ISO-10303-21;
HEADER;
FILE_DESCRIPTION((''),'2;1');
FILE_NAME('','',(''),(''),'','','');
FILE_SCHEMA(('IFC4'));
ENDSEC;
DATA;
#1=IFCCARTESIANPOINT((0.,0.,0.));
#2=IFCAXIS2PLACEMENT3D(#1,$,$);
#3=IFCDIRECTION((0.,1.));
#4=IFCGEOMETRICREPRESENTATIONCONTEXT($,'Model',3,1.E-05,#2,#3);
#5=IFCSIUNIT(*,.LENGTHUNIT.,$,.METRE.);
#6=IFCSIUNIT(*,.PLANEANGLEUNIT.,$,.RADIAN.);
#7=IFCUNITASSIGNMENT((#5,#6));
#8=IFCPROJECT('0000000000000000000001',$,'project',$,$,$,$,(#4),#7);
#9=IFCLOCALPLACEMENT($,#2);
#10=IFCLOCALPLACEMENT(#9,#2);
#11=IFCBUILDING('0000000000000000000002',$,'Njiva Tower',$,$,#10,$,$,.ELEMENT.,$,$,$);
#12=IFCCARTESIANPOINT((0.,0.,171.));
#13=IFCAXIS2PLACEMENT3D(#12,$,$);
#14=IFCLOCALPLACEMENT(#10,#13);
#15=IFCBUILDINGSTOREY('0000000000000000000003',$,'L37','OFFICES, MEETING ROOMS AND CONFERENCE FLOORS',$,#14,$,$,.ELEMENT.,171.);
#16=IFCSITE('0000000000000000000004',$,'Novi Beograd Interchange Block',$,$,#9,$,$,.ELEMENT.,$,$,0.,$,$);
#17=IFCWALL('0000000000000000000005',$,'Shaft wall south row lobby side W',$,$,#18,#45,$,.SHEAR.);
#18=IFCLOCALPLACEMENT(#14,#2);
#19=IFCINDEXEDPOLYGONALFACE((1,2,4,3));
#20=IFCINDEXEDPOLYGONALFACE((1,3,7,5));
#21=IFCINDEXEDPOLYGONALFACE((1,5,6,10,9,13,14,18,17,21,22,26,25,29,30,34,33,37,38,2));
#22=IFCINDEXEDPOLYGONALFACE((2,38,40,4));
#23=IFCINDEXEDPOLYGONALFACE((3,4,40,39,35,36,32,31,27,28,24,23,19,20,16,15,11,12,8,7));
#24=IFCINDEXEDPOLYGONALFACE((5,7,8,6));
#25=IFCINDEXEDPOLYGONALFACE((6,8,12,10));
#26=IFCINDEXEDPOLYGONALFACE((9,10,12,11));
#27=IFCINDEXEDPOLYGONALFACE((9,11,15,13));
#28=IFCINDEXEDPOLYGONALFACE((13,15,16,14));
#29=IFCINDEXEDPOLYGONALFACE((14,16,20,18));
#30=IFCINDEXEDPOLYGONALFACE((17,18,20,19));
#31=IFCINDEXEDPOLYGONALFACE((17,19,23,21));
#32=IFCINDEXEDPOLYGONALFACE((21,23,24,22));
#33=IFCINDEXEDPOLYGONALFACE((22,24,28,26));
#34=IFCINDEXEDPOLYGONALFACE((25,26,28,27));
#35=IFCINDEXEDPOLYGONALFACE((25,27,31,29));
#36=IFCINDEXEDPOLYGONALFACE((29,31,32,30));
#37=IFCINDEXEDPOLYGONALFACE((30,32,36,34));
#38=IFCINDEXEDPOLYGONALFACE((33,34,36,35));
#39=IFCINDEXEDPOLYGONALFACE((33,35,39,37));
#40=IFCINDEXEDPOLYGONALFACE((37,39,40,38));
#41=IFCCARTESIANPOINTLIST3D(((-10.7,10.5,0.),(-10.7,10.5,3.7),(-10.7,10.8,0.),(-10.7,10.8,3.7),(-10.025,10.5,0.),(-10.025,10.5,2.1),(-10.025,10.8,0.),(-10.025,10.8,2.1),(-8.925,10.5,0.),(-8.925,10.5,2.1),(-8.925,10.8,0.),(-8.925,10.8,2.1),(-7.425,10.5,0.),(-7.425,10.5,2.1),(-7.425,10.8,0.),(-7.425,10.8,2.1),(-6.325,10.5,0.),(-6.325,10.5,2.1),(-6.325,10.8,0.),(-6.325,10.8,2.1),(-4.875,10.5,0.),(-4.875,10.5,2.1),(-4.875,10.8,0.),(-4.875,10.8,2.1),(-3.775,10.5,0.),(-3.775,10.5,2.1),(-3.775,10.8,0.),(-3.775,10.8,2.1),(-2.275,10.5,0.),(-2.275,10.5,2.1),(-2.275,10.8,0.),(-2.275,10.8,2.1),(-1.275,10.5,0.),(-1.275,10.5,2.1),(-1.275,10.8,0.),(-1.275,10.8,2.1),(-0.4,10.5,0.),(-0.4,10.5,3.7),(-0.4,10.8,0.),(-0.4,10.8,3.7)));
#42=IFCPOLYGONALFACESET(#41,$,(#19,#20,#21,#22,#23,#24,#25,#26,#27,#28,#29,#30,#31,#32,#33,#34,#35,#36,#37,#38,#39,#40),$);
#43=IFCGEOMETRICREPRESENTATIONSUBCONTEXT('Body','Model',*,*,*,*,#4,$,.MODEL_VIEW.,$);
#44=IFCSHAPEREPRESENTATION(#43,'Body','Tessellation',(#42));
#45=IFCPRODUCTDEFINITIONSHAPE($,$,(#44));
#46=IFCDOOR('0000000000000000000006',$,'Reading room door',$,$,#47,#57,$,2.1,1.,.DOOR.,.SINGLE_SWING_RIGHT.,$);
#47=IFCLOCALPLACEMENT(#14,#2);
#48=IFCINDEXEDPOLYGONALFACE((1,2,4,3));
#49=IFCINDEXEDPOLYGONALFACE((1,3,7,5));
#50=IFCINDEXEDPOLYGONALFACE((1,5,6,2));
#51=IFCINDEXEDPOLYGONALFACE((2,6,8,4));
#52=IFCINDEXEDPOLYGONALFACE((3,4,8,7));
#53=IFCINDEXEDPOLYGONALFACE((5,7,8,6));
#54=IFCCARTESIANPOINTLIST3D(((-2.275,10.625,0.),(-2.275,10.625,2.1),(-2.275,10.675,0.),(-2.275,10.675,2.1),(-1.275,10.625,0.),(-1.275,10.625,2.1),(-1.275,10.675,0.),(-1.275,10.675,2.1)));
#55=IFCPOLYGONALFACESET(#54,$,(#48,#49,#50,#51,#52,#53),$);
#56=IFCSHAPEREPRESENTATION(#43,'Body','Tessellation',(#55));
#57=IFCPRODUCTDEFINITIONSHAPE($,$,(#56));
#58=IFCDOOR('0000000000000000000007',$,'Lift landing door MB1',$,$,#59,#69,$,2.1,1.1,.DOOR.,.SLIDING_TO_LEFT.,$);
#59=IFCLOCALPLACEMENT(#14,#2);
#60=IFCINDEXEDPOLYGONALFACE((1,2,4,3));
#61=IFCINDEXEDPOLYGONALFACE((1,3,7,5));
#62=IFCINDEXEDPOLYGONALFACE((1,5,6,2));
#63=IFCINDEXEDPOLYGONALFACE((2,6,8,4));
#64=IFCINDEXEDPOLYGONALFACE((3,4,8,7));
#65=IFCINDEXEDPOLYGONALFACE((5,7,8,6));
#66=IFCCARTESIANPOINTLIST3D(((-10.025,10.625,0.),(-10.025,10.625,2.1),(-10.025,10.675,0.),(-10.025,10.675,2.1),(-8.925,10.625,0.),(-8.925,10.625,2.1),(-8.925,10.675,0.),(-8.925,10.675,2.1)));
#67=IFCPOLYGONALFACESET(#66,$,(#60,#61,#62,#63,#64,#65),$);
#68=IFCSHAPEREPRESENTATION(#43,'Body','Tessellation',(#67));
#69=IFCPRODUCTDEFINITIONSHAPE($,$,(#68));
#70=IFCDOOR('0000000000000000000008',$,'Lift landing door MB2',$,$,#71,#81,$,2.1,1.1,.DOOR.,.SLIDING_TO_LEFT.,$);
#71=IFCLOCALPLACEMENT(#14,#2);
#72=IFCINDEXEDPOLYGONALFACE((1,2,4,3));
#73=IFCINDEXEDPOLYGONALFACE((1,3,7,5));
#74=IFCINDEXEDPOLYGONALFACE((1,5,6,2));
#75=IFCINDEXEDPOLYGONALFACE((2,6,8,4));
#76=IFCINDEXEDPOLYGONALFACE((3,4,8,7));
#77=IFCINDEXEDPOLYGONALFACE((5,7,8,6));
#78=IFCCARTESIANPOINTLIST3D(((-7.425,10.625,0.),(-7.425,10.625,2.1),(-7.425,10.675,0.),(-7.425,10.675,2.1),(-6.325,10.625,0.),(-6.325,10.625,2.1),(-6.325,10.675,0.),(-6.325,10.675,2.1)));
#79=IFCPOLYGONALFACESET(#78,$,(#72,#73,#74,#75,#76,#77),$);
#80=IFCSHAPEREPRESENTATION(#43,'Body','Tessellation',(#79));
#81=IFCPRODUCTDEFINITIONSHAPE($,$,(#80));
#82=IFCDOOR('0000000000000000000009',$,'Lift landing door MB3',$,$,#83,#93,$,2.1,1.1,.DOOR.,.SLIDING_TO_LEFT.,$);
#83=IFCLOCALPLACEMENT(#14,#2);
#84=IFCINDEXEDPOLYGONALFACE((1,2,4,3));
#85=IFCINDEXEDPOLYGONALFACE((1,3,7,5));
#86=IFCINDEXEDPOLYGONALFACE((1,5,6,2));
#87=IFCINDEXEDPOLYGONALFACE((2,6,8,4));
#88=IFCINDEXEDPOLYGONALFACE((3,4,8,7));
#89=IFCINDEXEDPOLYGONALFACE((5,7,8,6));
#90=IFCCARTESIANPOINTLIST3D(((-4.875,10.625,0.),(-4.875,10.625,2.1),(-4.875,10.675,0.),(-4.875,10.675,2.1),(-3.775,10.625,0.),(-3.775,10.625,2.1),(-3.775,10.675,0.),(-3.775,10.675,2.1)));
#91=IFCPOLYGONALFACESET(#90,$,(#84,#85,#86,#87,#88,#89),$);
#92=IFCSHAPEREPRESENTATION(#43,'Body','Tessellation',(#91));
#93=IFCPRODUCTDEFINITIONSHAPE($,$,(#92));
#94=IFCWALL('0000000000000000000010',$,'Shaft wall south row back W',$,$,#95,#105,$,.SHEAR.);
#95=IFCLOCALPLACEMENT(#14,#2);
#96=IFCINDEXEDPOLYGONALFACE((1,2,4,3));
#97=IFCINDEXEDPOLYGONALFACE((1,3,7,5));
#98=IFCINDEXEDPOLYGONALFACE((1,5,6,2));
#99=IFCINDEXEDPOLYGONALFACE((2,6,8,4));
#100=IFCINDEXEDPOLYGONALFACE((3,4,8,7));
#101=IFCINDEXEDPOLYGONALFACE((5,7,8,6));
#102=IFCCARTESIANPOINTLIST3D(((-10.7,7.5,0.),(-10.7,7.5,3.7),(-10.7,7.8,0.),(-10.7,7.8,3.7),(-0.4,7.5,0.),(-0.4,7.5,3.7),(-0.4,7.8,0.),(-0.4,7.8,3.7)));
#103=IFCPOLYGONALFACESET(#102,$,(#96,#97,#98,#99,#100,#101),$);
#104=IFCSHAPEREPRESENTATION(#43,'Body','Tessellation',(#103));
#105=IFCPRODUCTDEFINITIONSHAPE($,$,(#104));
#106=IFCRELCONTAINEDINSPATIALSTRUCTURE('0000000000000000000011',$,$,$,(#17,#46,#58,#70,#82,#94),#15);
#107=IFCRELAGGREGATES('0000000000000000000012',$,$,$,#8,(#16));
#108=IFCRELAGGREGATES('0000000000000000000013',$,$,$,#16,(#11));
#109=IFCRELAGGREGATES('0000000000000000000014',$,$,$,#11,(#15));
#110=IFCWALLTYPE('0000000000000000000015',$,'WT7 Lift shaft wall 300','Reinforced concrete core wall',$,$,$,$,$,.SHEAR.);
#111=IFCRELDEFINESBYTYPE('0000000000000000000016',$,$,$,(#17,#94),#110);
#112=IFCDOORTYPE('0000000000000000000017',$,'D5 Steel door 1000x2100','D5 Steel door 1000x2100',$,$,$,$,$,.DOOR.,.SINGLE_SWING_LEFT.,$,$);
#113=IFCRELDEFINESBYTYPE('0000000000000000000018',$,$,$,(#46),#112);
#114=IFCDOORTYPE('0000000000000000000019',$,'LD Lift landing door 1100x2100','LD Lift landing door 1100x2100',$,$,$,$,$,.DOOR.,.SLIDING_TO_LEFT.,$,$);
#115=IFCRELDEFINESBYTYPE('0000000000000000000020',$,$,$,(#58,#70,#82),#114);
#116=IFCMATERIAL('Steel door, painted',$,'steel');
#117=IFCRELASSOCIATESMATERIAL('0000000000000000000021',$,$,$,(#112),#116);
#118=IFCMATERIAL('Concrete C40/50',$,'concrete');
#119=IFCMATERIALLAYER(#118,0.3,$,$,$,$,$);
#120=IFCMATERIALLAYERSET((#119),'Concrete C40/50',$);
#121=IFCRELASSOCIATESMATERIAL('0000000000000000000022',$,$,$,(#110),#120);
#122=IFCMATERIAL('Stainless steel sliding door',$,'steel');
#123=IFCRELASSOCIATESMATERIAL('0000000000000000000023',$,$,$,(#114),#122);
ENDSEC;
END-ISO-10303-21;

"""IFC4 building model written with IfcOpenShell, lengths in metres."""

from ifc_helpers import new_model, si_unit, direction, frame, frame_2d, origin, place, context, subcontext, project, spatial, rectangle, extrude, material, layer, layer_set, type_object, element, fill, save


model = new_model("IFC4")

# Units and contexts
model_context = context("Model", 3, precision=1e-05, world=origin(), true_north=direction((0.0, 1.0)))
body_context = subcontext(model_context, "Body", "Model", "MODEL_VIEW")
ifc_project = project(units=[si_unit("LENGTHUNIT", "METRE"), si_unit("PLANEANGLEUNIT", "RADIAN")], contexts=[model_context])

# Site, building, storey
site_placement = place(None, origin())
site = spatial("IfcSite", under=ifc_project, at=site_placement, Name="Novi Beograd Interchange Block", CompositionType="ELEMENT", RefElevation=0.0)
building_placement = place(site_placement, origin())
building = spatial("IfcBuilding", under=site, at=building_placement, Name="Njiva Tower", CompositionType="ELEMENT")
storey_placement = place(building_placement, frame((0.0, 0.0, 171.0)))
storey = spatial("IfcBuildingStorey", under=building, at=storey_placement, Name="L37", Description="OFFICES, MEETING ROOMS AND CONFERENCE FLOORS", CompositionType="ELEMENT", Elevation=171.0)

# Shared definitions
ifc_material_1 = material(Name="Concrete C40/50", Category="concrete")
ifc_material_2 = material(Name="Steel door, painted", Category="steel")
door_type_1 = type_object("IfcDoorType", Name="D5 Steel door 1000x2100", Description="D5 Steel door 1000x2100", OperationType="SINGLE_SWING_LEFT", PredefinedType="DOOR", material=ifc_material_2)

# Wall, openings, doors
ifc_layer_1 = layer(ifc_material_1, 0.3)
ifc_layer_set_1 = layer_set([ifc_layer_1], Name="Concrete C40/50")
wall_type_1 = type_object("IfcWallType", Name="WT7 Lift shaft wall 300", Description="Reinforced concrete core wall", PredefinedType="SHEAR", material=ifc_layer_set_1)
wall_1_placement = place(storey_placement, frame((-10.7, 10.65, 0.0), z_axis=(0.0, 0.0, 1.0), x_axis=(1.0, 0.0, 0.0)))
wall_1 = element("IfcWall", 1, at=wall_1_placement, inside=storey, type_object=wall_type_1, Name="Shaft wall south row lobby side W", PredefinedType="SHEAR", context=body_context, shape_type="SweptSolid", body=[
    extrude(rectangle(XDim=10.3, YDim=0.3, at=frame_2d((5.15, 0.0))), origin(), (0.0, 0.0, 1.0), 3.7),
])
opening_1_placement = place(wall_1_placement, frame((0.675, 0.0, 0.0)))
opening_1 = element("IfcOpeningElement", 2, at=opening_1_placement, cuts=wall_1, PredefinedType="OPENING", context=body_context, shape_type="SweptSolid", body=[
    extrude(rectangle(XDim=1.1, YDim=2.1, at=frame_2d((0.55, 1.05))), frame((0.0, 0.16, 0.0), z_axis=(0.0, -1.0, 0.0), x_axis=(1.0, 0.0, 0.0)), (0.0, 0.0, 1.0), 0.32),
])
opening_2_placement = place(wall_1_placement, frame((3.275, 0.0, 0.0)))
opening_2 = element("IfcOpeningElement", 3, at=opening_2_placement, cuts=wall_1, PredefinedType="OPENING", context=body_context, shape_type="SweptSolid", body=[
    extrude(rectangle(XDim=1.1, YDim=2.1, at=frame_2d((0.55, 1.05))), frame((0.0, 0.16, 0.0), z_axis=(0.0, -1.0, 0.0), x_axis=(1.0, 0.0, 0.0)), (0.0, 0.0, 1.0), 0.32),
])
opening_3_placement = place(wall_1_placement, frame((5.825, 0.0, 0.0)))
opening_3 = element("IfcOpeningElement", 4, at=opening_3_placement, cuts=wall_1, PredefinedType="OPENING", context=body_context, shape_type="SweptSolid", body=[
    extrude(rectangle(XDim=1.1, YDim=2.1, at=frame_2d((0.55, 1.05))), frame((0.0, 0.16, 0.0), z_axis=(0.0, -1.0, 0.0), x_axis=(1.0, 0.0, 0.0)), (0.0, 0.0, 1.0), 0.32),
])
opening_4_placement = place(wall_1_placement, frame((8.425, 0.0, 0.0)))
opening_4 = element("IfcOpeningElement", 5, at=opening_4_placement, cuts=wall_1, PredefinedType="OPENING", context=body_context, shape_type="SweptSolid", body=[
    extrude(rectangle(XDim=1.0, YDim=2.1, at=frame_2d((0.5, 1.05))), frame((0.0, 0.16, 0.0), z_axis=(0.0, -1.0, 0.0), x_axis=(1.0, 0.0, 0.0)), (0.0, 0.0, 1.0), 0.32),
])
door_1_placement = place(opening_4_placement, origin())
door_1 = element("IfcDoor", 6, at=door_1_placement, inside=storey, type_object=door_type_1, Name="Reading room door", OperationType="SINGLE_SWING_RIGHT", OverallHeight=2.1, OverallWidth=1.0, PredefinedType="DOOR", context=body_context, shape_type="SweptSolid", body=[
    extrude(rectangle(XDim=1.0, YDim=2.1, at=frame_2d((0.5, 1.05))), frame((0.0, 0.025, 0.0), z_axis=(0.0, -1.0, 0.0), x_axis=(1.0, 0.0, 0.0)), (0.0, 0.0, 1.0), 0.05),
])
fill(opening_4, door_1)
ifc_material_3 = material(Name="Stainless steel sliding door", Category="steel")
door_type_2 = type_object("IfcDoorType", Name="LD Lift landing door 1100x2100", Description="LD Lift landing door 1100x2100", OperationType="SLIDING_TO_LEFT", PredefinedType="DOOR", material=ifc_material_3)
door_2_placement = place(opening_1_placement, origin())
door_2 = element("IfcDoor", 7, at=door_2_placement, inside=storey, type_object=door_type_2, Name="Lift landing door MB1", OperationType="SLIDING_TO_LEFT", OverallHeight=2.1, OverallWidth=1.1, PredefinedType="DOOR", context=body_context, shape_type="SweptSolid", body=[
    extrude(rectangle(XDim=1.1, YDim=2.1, at=frame_2d((0.55, 1.05))), frame((0.0, 0.025, 0.0), z_axis=(0.0, -1.0, 0.0), x_axis=(1.0, 0.0, 0.0)), (0.0, 0.0, 1.0), 0.05),
])
fill(opening_1, door_2)
door_3_placement = place(opening_2_placement, origin())
door_3 = element("IfcDoor", 8, at=door_3_placement, inside=storey, type_object=door_type_2, Name="Lift landing door MB2", OperationType="SLIDING_TO_LEFT", OverallHeight=2.1, OverallWidth=1.1, PredefinedType="DOOR", context=body_context, shape_type="SweptSolid", body=[
    extrude(rectangle(XDim=1.1, YDim=2.1, at=frame_2d((0.55, 1.05))), frame((0.0, 0.025, 0.0), z_axis=(0.0, -1.0, 0.0), x_axis=(1.0, 0.0, 0.0)), (0.0, 0.0, 1.0), 0.05),
])
fill(opening_2, door_3)
door_4_placement = place(opening_3_placement, origin())
door_4 = element("IfcDoor", 9, at=door_4_placement, inside=storey, type_object=door_type_2, Name="Lift landing door MB3", OperationType="SLIDING_TO_LEFT", OverallHeight=2.1, OverallWidth=1.1, PredefinedType="DOOR", context=body_context, shape_type="SweptSolid", body=[
    extrude(rectangle(XDim=1.1, YDim=2.1, at=frame_2d((0.55, 1.05))), frame((0.0, 0.025, 0.0), z_axis=(0.0, -1.0, 0.0), x_axis=(1.0, 0.0, 0.0)), (0.0, 0.0, 1.0), 0.05),
])
fill(opening_3, door_4)

# Wall
wall_2_placement = place(storey_placement, frame((-10.7, 7.65, 0.0), z_axis=(0.0, 0.0, 1.0), x_axis=(1.0, 0.0, 0.0)))
element("IfcWall", 10, at=wall_2_placement, inside=storey, type_object=wall_type_1, Name="Shaft wall south row back W", PredefinedType="SHEAR", context=body_context, shape_type="SweptSolid", body=[
    extrude(rectangle(XDim=10.3, YDim=0.3, at=frame_2d((5.15, 0.0))), origin(), (0.0, 0.0, 1.0), 3.7),
])

save(model, "model.ifc")
